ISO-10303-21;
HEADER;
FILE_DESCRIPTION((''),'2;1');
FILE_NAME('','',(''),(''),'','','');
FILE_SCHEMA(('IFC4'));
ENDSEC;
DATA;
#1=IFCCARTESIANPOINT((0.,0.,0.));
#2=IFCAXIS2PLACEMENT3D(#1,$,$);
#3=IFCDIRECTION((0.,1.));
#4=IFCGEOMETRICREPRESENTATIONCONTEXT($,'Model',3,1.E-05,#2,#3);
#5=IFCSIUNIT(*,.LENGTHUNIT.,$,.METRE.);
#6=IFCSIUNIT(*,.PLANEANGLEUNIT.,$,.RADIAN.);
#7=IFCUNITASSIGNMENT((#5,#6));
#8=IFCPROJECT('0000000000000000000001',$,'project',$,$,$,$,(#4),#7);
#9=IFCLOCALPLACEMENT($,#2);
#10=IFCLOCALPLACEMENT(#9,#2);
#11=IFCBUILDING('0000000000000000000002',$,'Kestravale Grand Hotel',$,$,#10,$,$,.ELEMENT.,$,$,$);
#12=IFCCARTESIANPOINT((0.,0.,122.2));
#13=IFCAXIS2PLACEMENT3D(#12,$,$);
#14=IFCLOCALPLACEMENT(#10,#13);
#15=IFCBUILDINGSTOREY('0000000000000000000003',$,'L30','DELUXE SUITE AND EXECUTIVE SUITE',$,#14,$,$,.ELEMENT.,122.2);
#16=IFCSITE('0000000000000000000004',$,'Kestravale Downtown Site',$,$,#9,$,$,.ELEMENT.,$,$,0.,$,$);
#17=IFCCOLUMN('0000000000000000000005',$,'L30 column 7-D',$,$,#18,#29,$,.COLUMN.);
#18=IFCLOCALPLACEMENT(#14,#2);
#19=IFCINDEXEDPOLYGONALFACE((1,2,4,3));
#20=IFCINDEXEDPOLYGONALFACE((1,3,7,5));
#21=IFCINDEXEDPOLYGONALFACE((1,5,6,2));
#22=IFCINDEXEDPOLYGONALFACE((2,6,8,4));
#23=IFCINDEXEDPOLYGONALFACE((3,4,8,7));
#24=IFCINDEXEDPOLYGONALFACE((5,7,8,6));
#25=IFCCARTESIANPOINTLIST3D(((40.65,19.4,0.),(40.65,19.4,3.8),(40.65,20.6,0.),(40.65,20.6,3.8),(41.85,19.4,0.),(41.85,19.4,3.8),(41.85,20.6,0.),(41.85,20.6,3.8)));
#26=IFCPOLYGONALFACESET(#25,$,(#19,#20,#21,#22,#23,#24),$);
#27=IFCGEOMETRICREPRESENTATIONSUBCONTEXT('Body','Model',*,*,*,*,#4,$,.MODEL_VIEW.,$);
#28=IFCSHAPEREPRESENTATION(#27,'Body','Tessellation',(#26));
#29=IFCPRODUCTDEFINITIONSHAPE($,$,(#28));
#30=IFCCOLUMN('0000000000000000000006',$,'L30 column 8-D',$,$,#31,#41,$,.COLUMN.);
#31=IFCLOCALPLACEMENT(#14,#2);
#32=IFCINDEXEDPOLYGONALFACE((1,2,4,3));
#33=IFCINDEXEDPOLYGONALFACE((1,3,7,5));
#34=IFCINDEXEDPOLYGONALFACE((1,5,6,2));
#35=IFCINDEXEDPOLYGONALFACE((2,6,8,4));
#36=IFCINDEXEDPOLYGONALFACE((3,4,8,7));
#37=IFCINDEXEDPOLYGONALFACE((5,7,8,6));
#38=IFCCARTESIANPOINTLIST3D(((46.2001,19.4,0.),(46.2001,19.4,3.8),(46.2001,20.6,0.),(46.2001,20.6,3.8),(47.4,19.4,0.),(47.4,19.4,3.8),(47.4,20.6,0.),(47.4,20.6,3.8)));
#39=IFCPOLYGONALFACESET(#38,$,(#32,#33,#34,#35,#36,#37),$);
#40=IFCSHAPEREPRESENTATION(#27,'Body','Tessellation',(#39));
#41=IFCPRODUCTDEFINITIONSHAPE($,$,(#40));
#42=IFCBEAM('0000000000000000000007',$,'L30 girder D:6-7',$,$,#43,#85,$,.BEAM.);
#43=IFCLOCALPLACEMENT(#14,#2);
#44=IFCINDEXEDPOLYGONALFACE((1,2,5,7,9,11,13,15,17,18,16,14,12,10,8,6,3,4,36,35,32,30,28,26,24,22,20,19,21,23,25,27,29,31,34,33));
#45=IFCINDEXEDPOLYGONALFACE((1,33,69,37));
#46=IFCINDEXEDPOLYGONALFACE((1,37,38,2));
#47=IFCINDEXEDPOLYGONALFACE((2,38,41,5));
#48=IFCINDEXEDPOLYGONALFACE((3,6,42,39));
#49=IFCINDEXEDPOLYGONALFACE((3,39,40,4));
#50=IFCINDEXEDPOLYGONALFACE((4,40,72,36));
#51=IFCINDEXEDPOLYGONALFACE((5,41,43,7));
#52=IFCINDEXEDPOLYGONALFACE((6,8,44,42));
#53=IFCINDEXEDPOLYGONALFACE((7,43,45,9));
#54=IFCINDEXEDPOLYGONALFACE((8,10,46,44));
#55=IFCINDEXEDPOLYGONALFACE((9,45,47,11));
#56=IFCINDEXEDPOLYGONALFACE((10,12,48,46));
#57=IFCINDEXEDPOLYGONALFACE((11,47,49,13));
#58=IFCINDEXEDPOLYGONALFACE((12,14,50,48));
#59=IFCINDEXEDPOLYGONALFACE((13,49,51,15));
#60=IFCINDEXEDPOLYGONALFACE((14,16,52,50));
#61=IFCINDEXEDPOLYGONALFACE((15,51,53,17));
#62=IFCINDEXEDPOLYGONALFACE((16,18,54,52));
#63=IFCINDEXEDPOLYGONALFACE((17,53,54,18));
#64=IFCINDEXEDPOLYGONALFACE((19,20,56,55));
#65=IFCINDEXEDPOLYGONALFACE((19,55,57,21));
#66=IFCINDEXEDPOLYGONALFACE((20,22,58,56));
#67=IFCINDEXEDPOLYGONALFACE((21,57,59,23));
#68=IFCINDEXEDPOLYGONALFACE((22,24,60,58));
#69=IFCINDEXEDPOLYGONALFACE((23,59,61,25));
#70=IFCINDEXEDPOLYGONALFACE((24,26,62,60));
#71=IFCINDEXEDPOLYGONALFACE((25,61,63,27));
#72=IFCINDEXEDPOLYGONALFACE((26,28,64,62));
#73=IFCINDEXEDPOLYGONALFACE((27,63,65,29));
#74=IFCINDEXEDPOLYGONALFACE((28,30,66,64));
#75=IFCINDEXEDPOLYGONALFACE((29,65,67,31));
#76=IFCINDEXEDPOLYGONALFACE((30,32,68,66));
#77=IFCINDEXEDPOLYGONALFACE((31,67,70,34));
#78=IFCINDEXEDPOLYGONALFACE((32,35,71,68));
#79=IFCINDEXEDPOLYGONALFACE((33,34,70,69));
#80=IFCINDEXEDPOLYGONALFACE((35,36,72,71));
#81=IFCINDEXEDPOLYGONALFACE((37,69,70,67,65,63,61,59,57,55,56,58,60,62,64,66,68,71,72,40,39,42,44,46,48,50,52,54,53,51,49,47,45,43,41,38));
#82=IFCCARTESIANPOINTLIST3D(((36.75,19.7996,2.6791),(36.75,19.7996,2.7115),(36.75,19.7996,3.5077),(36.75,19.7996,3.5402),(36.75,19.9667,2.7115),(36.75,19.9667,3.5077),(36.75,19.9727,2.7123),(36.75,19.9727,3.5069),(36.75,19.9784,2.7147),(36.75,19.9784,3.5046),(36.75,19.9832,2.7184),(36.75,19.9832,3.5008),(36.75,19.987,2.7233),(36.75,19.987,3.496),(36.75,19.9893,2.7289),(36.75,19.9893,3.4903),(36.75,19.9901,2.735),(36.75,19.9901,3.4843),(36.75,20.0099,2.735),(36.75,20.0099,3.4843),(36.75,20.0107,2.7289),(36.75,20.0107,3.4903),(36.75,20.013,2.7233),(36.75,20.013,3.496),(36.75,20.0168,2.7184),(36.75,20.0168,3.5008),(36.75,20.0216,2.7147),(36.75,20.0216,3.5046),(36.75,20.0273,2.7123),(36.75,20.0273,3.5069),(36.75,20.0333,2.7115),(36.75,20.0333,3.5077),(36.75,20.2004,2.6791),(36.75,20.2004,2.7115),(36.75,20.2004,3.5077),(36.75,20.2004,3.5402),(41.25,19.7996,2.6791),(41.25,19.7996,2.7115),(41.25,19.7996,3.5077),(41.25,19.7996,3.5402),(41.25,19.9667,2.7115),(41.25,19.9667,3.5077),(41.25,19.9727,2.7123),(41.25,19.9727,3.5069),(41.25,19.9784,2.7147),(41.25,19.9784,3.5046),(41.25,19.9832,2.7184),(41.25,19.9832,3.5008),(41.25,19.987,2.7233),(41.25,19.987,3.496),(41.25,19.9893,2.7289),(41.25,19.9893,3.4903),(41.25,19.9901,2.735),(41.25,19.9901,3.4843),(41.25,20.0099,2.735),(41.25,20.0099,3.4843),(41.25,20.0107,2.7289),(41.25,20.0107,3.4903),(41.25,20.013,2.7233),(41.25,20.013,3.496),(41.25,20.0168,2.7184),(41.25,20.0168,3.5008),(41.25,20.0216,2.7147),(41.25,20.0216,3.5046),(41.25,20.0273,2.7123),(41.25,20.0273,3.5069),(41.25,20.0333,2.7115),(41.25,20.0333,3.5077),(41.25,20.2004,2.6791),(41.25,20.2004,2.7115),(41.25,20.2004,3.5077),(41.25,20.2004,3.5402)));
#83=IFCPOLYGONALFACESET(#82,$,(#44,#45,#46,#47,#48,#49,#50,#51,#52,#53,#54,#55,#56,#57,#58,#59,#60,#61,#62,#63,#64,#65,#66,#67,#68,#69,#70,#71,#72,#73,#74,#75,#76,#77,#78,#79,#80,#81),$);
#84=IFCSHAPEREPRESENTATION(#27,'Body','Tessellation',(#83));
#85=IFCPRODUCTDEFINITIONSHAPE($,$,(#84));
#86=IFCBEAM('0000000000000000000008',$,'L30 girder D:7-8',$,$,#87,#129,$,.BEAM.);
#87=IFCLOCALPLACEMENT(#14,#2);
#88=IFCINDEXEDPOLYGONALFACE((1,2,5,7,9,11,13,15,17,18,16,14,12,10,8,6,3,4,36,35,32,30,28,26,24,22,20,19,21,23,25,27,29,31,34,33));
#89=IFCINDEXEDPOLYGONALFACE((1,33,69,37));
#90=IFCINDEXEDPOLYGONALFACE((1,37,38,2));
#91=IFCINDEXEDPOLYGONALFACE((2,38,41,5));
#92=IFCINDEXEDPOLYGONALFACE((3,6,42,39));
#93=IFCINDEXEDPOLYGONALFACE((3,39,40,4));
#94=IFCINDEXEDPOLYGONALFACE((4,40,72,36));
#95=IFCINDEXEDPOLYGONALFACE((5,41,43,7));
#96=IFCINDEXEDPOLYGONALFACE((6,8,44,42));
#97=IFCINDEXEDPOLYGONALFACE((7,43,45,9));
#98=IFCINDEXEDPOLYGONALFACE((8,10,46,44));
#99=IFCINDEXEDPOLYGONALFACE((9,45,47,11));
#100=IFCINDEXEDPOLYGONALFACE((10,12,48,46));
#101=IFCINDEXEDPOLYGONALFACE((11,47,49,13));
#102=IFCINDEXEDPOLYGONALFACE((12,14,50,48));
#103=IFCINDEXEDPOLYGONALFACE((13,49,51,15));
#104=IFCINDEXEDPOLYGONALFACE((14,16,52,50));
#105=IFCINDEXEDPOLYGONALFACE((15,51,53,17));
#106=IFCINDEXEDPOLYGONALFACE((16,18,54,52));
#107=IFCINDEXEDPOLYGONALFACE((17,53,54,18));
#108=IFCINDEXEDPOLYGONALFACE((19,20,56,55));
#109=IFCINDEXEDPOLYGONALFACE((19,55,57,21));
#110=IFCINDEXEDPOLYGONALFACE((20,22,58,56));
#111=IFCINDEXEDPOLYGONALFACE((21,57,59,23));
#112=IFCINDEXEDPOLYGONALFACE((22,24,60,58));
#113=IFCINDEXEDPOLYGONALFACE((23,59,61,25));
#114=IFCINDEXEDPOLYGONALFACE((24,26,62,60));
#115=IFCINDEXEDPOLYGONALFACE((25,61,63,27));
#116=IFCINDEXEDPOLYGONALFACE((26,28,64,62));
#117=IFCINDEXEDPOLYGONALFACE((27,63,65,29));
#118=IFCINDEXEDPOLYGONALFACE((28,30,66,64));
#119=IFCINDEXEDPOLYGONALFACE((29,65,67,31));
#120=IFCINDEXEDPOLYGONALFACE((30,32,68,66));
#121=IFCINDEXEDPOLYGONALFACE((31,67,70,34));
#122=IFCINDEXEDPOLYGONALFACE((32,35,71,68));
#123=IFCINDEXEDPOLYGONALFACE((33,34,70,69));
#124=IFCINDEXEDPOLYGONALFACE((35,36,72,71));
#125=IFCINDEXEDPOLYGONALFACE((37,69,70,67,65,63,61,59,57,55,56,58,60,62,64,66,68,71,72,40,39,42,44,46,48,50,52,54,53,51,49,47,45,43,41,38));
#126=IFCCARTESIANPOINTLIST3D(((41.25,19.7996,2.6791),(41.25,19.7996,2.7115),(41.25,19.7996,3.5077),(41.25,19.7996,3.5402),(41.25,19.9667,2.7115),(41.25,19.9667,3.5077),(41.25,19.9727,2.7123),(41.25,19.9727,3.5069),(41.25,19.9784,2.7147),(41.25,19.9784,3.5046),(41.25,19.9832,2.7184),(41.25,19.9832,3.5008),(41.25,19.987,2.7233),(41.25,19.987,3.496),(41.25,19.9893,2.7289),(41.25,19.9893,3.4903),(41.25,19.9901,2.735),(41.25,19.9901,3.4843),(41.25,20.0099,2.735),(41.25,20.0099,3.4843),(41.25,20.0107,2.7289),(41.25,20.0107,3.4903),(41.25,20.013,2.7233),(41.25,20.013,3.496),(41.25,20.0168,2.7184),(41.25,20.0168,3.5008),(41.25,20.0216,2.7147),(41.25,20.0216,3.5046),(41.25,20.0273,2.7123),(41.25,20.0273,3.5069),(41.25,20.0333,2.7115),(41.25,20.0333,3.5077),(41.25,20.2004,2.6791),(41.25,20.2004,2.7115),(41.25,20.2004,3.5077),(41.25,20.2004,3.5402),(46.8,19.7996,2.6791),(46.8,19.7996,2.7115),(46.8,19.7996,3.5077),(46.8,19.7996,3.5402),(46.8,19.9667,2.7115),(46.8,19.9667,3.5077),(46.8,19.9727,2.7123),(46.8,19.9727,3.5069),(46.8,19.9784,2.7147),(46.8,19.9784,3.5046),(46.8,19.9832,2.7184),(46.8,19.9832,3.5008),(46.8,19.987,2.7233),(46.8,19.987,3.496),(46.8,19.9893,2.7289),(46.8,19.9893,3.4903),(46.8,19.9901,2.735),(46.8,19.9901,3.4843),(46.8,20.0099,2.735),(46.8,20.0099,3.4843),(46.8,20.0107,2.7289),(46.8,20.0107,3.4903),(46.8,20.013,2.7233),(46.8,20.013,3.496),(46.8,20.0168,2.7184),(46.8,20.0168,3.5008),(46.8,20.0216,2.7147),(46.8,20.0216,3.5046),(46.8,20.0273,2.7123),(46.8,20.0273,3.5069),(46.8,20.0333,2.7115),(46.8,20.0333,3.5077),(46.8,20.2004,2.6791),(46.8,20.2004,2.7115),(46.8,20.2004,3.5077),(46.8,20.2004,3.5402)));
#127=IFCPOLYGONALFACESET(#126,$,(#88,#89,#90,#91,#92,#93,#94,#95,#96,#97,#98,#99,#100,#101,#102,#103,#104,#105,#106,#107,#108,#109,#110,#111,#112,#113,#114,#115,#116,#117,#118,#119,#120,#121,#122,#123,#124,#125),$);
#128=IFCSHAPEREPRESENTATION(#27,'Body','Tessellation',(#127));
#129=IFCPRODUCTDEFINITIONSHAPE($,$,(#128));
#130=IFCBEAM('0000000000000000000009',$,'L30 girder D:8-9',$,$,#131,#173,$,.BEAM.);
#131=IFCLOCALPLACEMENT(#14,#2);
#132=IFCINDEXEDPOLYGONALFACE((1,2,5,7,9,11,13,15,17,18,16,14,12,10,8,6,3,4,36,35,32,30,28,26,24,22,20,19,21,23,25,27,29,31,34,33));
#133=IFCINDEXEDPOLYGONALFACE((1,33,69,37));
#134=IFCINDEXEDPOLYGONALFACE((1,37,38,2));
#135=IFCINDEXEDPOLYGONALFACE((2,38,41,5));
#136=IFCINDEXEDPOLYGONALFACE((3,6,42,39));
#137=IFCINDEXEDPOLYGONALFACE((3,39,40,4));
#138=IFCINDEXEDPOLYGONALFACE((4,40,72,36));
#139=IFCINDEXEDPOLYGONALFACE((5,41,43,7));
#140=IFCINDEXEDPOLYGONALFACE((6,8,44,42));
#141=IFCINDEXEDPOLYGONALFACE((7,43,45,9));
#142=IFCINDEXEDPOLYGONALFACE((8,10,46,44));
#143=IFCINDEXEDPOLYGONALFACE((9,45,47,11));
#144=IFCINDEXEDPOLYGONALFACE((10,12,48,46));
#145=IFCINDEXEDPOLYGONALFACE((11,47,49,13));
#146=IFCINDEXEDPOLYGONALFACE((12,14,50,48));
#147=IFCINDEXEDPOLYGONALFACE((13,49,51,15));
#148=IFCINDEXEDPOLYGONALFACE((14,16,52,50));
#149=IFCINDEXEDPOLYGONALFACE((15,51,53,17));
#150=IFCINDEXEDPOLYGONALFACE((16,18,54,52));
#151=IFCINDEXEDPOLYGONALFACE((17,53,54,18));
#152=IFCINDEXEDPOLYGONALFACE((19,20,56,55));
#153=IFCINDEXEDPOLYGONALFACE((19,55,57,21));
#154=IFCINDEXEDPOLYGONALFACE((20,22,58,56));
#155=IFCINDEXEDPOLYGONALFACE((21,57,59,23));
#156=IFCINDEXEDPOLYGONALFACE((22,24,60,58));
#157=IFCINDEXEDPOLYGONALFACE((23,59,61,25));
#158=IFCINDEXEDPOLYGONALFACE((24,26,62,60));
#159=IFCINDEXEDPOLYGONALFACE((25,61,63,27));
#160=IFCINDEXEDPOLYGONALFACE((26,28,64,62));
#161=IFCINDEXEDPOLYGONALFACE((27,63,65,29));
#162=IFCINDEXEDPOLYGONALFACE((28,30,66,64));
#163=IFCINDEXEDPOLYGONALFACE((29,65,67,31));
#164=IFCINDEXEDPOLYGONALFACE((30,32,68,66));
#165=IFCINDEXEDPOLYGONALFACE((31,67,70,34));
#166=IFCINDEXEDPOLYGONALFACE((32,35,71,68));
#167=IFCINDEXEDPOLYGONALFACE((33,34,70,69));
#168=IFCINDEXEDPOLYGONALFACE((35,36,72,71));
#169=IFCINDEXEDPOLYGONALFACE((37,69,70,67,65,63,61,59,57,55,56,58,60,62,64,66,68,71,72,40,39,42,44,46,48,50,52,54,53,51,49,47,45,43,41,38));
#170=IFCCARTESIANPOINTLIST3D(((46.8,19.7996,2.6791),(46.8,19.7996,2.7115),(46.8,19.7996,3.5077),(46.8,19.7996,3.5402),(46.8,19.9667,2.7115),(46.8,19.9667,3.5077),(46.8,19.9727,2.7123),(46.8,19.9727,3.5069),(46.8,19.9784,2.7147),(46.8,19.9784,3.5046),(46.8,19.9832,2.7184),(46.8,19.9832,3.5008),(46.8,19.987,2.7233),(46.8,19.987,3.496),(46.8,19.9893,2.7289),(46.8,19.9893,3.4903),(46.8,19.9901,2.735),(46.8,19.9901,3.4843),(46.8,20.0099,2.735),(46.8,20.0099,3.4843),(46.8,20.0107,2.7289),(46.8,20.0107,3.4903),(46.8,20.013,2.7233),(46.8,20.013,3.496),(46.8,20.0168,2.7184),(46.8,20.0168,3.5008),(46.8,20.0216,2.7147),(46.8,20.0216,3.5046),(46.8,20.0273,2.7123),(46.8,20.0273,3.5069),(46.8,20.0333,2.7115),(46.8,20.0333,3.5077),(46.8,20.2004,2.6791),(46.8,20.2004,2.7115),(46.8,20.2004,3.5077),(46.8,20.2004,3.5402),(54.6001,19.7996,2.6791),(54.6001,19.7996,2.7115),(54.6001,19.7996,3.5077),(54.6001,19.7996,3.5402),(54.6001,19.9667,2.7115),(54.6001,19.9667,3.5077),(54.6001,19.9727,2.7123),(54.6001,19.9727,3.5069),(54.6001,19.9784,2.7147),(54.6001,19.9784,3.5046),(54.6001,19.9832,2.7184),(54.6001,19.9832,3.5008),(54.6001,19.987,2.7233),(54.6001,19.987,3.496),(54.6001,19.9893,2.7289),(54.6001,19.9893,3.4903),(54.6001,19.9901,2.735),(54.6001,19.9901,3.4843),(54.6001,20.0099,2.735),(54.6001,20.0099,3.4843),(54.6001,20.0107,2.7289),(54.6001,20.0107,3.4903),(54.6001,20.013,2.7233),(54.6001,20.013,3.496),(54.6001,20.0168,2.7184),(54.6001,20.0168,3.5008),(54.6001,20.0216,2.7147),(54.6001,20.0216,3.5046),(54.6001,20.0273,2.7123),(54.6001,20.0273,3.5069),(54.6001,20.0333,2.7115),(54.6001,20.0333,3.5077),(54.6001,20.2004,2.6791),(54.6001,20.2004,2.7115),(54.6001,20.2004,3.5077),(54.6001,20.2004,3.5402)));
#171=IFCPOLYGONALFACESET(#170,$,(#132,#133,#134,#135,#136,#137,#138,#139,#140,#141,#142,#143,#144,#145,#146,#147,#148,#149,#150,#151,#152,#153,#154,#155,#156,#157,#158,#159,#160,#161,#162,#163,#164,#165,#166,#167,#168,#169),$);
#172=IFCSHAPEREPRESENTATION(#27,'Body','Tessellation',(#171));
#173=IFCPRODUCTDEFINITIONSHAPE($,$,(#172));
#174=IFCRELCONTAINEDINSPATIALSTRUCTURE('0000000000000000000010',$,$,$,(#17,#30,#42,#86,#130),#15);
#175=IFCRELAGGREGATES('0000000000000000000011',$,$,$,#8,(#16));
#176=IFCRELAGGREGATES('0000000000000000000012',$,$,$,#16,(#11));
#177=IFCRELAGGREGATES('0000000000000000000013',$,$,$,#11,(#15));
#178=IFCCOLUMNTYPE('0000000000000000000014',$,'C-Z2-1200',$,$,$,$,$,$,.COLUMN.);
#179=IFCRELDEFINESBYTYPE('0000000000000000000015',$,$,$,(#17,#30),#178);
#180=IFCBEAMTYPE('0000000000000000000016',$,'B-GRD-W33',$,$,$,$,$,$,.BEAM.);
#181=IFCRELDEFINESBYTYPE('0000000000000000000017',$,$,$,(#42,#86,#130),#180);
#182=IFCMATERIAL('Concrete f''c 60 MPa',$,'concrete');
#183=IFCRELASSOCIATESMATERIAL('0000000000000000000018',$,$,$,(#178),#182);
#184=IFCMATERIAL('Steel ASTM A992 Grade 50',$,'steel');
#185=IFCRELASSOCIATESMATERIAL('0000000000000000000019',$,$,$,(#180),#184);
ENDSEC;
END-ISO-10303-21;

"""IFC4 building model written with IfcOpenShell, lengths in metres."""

from ifc_helpers import new_model, si_unit, direction, frame, origin, origin_2d, place, context, subcontext, project, spatial, rectangle, i_section, extrude, material, material_profile, profile_set, type_object, element, save


model = new_model("IFC4")

# Units and contexts
model_context = context("Model", 3, precision=1e-05, world=origin(), true_north=direction((0.0, 1.0)))
body_context = subcontext(model_context, "Body", "Model", "MODEL_VIEW")
ifc_project = project(units=[si_unit("LENGTHUNIT", "METRE"), si_unit("PLANEANGLEUNIT", "RADIAN")], contexts=[model_context])

# Site, building, storey
site_placement = place(None, origin())
site = spatial("IfcSite", under=ifc_project, at=site_placement, Name="Kestravale Downtown Site", CompositionType="ELEMENT", RefElevation=0.0)
building_placement = place(site_placement, origin())
building = spatial("IfcBuilding", under=site, at=building_placement, Name="Kestravale Grand Hotel", CompositionType="ELEMENT")
storey_placement = place(building_placement, frame((0.0, 0.0, 122.2)))
storey = spatial("IfcBuildingStorey", under=building, at=storey_placement, Name="L30", Description="DELUXE SUITE AND EXECUTIVE SUITE", CompositionType="ELEMENT", Elevation=122.2)

# Columns
ifc_material_1 = material(Name="Concrete f'c 60 MPa", Category="concrete")
ifc_material_profile_1 = material_profile(ifc_material_1, rectangle(XDim=1.2, YDim=1.2, at=origin_2d()))
ifc_profile_set_1 = profile_set([ifc_material_profile_1], Name="Concrete f'c 60 MPa")
column_type = type_object("IfcColumnType", Name="C-Z2-1200", PredefinedType="COLUMN", material=ifc_profile_set_1)
for number, where, z_axis, x_axis, name in (
    (1, (41.25, 20.0, 0.0), (0.0, 0.0, 1.0), (1.0, 0.0, 0.0), "L30 column 7-D"),
    (2, (46.8, 20.0, 0.0), (0.0, 0.0, 1.0), (1.0, 0.0, 0.0), "L30 column 8-D"),
):
    element("IfcColumn", number, at=place(storey_placement, frame(where, z_axis=z_axis, x_axis=x_axis)), inside=storey, type_object=column_type, Name=name, PredefinedType="COLUMN", context=body_context, shape_type="SweptSolid", body=[
        extrude(rectangle(XDim=1.2, YDim=1.2, at=origin_2d()), origin(), (0.0, 0.0, 1.0), 3.8),
    ])

# Beams
ifc_material_2 = material(Name="Steel ASTM A992 Grade 50", Category="steel")
ifc_material_profile_2 = material_profile(ifc_material_2, i_section(OverallWidth=0.4009, OverallDepth=0.8611, WebThickness=0.0198, FlangeThickness=0.0325, FilletRadius=0.0234, at=origin_2d()))
ifc_profile_set_2 = profile_set([ifc_material_profile_2], Name="Steel ASTM A992 Grade 50")
beam_type = type_object("IfcBeamType", Name="B-GRD-W33", PredefinedType="BEAM", material=ifc_profile_set_2)
beam_1_placement = place(storey_placement, frame((36.75, 20.0, 3.1096), z_axis=(1.0, 0.0, 0.0), x_axis=(0.0, 1.0, 0.0)))
element("IfcBeam", 3, at=beam_1_placement, inside=storey, type_object=beam_type, Name="L30 girder D:6-7", PredefinedType="BEAM", context=body_context, shape_type="SweptSolid", body=[
    extrude(i_section(OverallWidth=0.4009, OverallDepth=0.8611, WebThickness=0.0198, FlangeThickness=0.0325, FilletRadius=0.0234, at=origin_2d()), origin(), (0.0, 0.0, 1.0), 4.5),
])
beam_2_placement = place(storey_placement, frame((41.25, 20.0, 3.1096), z_axis=(1.0, 0.0, 0.0), x_axis=(0.0, 1.0, 0.0)))
element("IfcBeam", 4, at=beam_2_placement, inside=storey, type_object=beam_type, Name="L30 girder D:7-8", PredefinedType="BEAM", context=body_context, shape_type="SweptSolid", body=[
    extrude(i_section(OverallWidth=0.4009, OverallDepth=0.8611, WebThickness=0.0198, FlangeThickness=0.0325, FilletRadius=0.0234, at=origin_2d()), origin(), (0.0, 0.0, 1.0), 5.55),
])
beam_3_placement = place(storey_placement, frame((46.8, 20.0, 3.1096), z_axis=(1.0, 0.0, 0.0), x_axis=(0.0, 1.0, 0.0)))
element("IfcBeam", 5, at=beam_3_placement, inside=storey, type_object=beam_type, Name="L30 girder D:8-9", PredefinedType="BEAM", context=body_context, shape_type="SweptSolid", body=[
    extrude(i_section(OverallWidth=0.4009, OverallDepth=0.8611, WebThickness=0.0198, FlangeThickness=0.0325, FilletRadius=0.0234, at=origin_2d()), origin(), (0.0, 0.0, 1.0), 7.8),
])

save(model, "model.ifc")
